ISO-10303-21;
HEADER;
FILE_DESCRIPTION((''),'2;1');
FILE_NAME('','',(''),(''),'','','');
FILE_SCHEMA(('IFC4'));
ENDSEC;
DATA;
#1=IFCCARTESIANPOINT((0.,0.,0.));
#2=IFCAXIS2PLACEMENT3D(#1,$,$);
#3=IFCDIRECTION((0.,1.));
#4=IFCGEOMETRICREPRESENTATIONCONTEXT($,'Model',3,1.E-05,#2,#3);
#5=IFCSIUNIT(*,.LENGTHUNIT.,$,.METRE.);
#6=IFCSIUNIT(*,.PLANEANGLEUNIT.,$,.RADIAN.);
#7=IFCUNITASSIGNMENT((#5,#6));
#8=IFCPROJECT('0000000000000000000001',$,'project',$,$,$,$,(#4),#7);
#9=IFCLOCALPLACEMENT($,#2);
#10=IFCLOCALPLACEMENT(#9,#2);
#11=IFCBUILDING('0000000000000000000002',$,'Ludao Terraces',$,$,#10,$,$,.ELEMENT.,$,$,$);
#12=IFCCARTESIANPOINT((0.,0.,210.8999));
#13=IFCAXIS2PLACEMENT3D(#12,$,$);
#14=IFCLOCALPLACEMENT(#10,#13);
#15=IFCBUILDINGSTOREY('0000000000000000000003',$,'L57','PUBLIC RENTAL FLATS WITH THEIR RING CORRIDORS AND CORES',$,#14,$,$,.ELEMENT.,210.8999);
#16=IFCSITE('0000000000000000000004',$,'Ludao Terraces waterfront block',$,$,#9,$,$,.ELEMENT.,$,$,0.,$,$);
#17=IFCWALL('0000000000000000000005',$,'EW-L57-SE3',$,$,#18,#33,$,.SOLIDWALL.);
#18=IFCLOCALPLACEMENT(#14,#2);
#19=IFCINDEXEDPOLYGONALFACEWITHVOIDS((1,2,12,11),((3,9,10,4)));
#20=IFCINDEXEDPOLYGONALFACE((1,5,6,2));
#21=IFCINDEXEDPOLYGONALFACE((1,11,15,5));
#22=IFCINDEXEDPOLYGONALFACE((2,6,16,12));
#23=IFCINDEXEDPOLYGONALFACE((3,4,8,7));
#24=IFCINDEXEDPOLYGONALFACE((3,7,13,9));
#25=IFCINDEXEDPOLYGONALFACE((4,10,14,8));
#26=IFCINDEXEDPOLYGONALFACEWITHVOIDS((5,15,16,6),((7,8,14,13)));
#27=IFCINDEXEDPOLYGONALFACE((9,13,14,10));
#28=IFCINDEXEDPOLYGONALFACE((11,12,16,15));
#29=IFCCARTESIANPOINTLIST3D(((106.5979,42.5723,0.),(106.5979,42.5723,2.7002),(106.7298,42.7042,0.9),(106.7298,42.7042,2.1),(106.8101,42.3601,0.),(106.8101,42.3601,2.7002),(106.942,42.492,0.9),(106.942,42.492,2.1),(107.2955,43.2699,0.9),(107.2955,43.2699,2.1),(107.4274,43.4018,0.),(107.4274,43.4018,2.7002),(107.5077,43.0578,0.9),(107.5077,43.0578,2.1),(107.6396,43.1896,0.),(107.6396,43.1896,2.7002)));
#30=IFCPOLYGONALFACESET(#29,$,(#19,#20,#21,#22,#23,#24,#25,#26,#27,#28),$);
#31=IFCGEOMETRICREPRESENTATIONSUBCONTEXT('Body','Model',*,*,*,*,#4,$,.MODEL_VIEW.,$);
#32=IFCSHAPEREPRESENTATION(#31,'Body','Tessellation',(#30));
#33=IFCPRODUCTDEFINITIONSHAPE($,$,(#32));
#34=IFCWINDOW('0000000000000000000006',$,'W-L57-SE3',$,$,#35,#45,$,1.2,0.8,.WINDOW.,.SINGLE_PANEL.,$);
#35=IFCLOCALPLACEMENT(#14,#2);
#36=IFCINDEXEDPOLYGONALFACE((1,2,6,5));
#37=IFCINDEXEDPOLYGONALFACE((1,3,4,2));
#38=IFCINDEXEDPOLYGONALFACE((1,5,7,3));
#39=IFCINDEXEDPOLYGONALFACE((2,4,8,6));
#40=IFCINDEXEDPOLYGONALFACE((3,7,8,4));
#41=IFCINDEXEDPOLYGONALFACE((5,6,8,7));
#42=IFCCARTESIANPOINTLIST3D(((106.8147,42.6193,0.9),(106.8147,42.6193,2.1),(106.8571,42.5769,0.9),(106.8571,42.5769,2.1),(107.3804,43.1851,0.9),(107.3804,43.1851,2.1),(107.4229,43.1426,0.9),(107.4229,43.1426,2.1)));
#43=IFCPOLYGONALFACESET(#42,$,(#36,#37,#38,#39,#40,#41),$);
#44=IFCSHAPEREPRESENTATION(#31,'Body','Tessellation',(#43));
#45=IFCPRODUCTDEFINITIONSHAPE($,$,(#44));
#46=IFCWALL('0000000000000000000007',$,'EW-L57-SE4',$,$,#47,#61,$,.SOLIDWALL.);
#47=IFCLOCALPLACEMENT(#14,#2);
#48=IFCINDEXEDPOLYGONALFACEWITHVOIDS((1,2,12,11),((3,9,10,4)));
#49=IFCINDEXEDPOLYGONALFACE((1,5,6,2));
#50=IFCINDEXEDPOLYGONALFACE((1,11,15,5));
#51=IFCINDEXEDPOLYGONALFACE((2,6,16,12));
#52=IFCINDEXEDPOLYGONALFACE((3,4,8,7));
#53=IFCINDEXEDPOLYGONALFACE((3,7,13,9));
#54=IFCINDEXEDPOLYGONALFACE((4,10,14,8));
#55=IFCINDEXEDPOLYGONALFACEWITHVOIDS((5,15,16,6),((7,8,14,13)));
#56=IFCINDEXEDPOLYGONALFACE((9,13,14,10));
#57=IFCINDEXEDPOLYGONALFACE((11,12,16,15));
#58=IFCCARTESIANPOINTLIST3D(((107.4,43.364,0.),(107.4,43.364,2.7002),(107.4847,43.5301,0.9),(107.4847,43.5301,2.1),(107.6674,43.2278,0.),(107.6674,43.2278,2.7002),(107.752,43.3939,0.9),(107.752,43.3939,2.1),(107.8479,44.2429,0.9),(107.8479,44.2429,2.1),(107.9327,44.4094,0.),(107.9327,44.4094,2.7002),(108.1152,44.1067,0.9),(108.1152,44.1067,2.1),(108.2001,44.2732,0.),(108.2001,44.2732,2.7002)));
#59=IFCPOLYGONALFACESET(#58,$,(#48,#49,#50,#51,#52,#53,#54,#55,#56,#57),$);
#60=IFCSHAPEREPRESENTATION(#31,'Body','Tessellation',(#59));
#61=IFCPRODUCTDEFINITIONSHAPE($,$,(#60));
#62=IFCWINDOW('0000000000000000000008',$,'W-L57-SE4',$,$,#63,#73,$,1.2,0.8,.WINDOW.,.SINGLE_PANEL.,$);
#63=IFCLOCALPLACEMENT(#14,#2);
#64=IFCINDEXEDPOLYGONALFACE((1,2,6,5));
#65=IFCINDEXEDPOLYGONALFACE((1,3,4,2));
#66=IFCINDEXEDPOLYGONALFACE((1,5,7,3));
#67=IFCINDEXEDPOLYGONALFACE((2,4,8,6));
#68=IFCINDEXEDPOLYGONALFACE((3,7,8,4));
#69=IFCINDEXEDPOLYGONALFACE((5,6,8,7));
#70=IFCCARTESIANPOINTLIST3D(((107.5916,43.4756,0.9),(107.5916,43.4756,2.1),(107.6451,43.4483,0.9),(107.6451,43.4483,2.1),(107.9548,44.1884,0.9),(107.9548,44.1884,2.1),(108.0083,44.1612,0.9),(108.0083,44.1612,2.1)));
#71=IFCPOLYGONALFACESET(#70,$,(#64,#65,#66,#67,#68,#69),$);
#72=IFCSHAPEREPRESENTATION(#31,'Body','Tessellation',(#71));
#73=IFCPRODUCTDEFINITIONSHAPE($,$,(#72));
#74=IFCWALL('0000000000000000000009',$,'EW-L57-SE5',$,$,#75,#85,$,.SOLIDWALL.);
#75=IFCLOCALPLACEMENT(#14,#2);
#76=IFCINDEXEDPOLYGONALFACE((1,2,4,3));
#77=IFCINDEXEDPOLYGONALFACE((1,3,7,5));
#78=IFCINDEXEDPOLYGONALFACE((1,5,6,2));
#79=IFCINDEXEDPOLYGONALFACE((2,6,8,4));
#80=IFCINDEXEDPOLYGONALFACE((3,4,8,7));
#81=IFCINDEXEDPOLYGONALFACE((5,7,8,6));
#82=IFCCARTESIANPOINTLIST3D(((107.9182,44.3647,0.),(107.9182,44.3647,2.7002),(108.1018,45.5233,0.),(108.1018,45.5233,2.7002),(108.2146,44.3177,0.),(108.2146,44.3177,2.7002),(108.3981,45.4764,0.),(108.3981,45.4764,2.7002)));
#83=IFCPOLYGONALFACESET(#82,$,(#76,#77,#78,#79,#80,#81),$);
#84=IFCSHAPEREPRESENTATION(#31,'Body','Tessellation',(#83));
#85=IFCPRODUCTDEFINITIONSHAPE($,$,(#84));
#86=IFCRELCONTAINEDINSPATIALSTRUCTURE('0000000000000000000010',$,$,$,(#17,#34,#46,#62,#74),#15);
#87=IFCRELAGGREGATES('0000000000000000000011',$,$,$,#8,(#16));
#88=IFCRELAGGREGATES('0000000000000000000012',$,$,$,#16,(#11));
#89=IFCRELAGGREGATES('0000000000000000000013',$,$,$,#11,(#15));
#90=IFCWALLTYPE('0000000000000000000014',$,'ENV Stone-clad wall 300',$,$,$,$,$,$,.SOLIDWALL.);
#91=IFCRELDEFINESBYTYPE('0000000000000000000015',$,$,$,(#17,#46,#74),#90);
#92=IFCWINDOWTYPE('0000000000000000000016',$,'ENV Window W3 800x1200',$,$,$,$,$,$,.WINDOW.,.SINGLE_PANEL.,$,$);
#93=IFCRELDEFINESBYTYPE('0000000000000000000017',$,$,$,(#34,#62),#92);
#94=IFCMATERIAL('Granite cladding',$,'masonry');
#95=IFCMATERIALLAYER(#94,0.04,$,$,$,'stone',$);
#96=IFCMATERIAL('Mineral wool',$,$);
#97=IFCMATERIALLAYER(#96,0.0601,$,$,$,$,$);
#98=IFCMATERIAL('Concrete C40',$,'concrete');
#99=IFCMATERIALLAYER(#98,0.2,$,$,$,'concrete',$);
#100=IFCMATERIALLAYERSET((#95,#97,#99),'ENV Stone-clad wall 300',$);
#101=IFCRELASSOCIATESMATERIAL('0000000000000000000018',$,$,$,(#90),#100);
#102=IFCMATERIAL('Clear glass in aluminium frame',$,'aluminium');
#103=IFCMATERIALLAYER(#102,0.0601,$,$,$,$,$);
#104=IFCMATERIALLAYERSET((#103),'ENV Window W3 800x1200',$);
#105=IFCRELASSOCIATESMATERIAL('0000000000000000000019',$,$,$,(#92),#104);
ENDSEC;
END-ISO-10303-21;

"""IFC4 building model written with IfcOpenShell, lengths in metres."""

from ifc_helpers import new_model, si_unit, direction, frame, frame_2d, origin, place, context, subcontext, project, spatial, rectangle, extrude, material, layer, layer_set, type_object, element, fill, save


model = new_model("IFC4")

# Units and contexts
model_context = context("Model", 3, precision=1e-05, world=origin(), true_north=direction((0.0, 1.0)))
body_context = subcontext(model_context, "Body", "Model", "MODEL_VIEW")
ifc_project = project(units=[si_unit("LENGTHUNIT", "METRE"), si_unit("PLANEANGLEUNIT", "RADIAN")], contexts=[model_context])

# Site, building, storey
site_placement = place(None, origin())
site = spatial("IfcSite", under=ifc_project, at=site_placement, Name="Ludao Terraces waterfront block", CompositionType="ELEMENT", RefElevation=0.0)
building_placement = place(site_placement, origin())
building = spatial("IfcBuilding", under=site, at=building_placement, Name="Ludao Terraces", CompositionType="ELEMENT")
storey_placement = place(building_placement, frame((0.0, 0.0, 210.8999)))
storey = spatial("IfcBuildingStorey", under=building, at=storey_placement, Name="L57", Description="PUBLIC RENTAL FLATS WITH THEIR RING CORRIDORS AND CORES", CompositionType="ELEMENT", Elevation=210.8999)

# Shared definitions
ifc_material_1 = material(Name="Concrete C40", Category="concrete")

# Shared definitions
ifc_material_2 = material(Name="Granite cladding", Category="masonry")
ifc_layer_1 = layer(ifc_material_2, 0.04, Category="stone")
ifc_material_3 = material(Name="Mineral wool")
ifc_layer_2 = layer(ifc_material_3, 0.0601)
ifc_layer_3 = layer(ifc_material_1, 0.2, Category="concrete")
ifc_layer_set_1 = layer_set([ifc_layer_1, ifc_layer_2, ifc_layer_3], Name="ENV Stone-clad wall 300")
wall_type_1 = type_object("IfcWallType", Name="ENV Stone-clad wall 300", PredefinedType="SOLIDWALL", material=ifc_layer_set_1)
ifc_material_4 = material(Name="Clear glass in aluminium frame", Category="aluminium")

# Walls, openings, windows
ifc_layer_4 = layer(ifc_material_4, 0.0601)
ifc_layer_set_2 = layer_set([ifc_layer_4], Name="ENV Window W3 800x1200")
window_type_1 = type_object("IfcWindowType", Name="ENV Window W3 800x1200", PartitioningType="SINGLE_PANEL", PredefinedType="WINDOW", material=ifc_layer_set_2)
wall_1_placement = place(storey_placement, frame((106.7041, 42.4663, 0.0), z_axis=(0.0, 0.0, 1.0), x_axis=(0.707107, 0.707107, 0.0)))
wall_1 = element("IfcWall", 1, at=wall_1_placement, inside=storey, type_object=wall_type_1, Name="EW-L57-SE3", PredefinedType="SOLIDWALL", context=body_context, shape_type="SweptSolid", body=[
    extrude(rectangle(XDim=1.1731, YDim=0.3, at=frame_2d((0.5864, 0.0))), origin(), (0.0, 0.0, 1.0), 2.7002),
])
opening_1_placement = place(wall_1_placement, frame((0.1865, 0.0, 0.8999)))
opening_1 = element("IfcOpeningElement", 2, at=opening_1_placement, cuts=wall_1, PredefinedType="OPENING", context=body_context, shape_type="SweptSolid", body=[
    extrude(rectangle(XDim=0.8, YDim=1.2, at=frame_2d((0.3999, 0.6001))), frame((0.0, 0.1602, 0.0), z_axis=(0.0, -1.0, 0.0), x_axis=(1.0, 0.0, 0.0)), (0.0, 0.0, 1.0), 0.3201),
])
window_1_placement = place(opening_1_placement, origin())
window_1 = element("IfcWindow", 3, at=window_1_placement, inside=storey, type_object=window_type_1, Name="W-L57-SE3", OverallHeight=1.2, OverallWidth=0.8, PartitioningType="SINGLE_PANEL", PredefinedType="WINDOW", context=body_context, shape_type="SweptSolid", body=[
    extrude(rectangle(XDim=0.8, YDim=1.2, at=frame_2d((0.3999, 0.6001))), frame((0.0, 0.03, 0.0), z_axis=(0.0, -1.0, 0.0), x_axis=(1.0, 0.0, 0.0)), (0.0, 0.0, 1.0), 0.0601),
])
fill(opening_1, window_1)
wall_2_placement = place(storey_placement, frame((107.5337, 43.2959, 0.0), z_axis=(0.0, 0.0, 1.0), x_axis=(0.454026, 0.890989, 0.0)))
wall_2 = element("IfcWall", 4, at=wall_2_placement, inside=storey, type_object=wall_type_1, Name="EW-L57-SE4", PredefinedType="SOLIDWALL", context=body_context, shape_type="SweptSolid", body=[
    extrude(rectangle(XDim=1.1733, YDim=0.3, at=frame_2d((0.5867, 0.0))), origin(), (0.0, 0.0, 1.0), 2.7002),
])
opening_2_placement = place(wall_2_placement, frame((0.1865, 0.0, 0.8999)))
opening_2 = element("IfcOpeningElement", 5, at=opening_2_placement, cuts=wall_2, PredefinedType="OPENING", context=body_context, shape_type="SweptSolid", body=[
    extrude(rectangle(XDim=0.8, YDim=1.2, at=frame_2d((0.3999, 0.6001))), frame((0.0, 0.1602, 0.0), z_axis=(0.0, -1.0, 0.0), x_axis=(1.0, 0.0, 0.0)), (0.0, 0.0, 1.0), 0.3201),
])
window_2_placement = place(opening_2_placement, origin())
window_2 = element("IfcWindow", 6, at=window_2_placement, inside=storey, type_object=window_type_1, Name="W-L57-SE4", OverallHeight=1.2, OverallWidth=0.8, PartitioningType="SINGLE_PANEL", PredefinedType="WINDOW", context=body_context, shape_type="SweptSolid", body=[
    extrude(rectangle(XDim=0.8, YDim=1.2, at=frame_2d((0.3999, 0.6001))), frame((0.0, 0.03, 0.0), z_axis=(0.0, -1.0, 0.0), x_axis=(1.0, 0.0, 0.0)), (0.0, 0.0, 1.0), 0.0601),
])
fill(opening_2, window_2)

# Wall
wall_3_placement = place(storey_placement, frame((108.0664, 44.3413, 0.0), z_axis=(0.0, 0.0, 1.0), x_axis=(0.156497, 0.987678, 0.0)))
element("IfcWall", 7, at=wall_3_placement, inside=storey, type_object=wall_type_1, Name="EW-L57-SE5", PredefinedType="SOLIDWALL", context=body_context, shape_type="SweptSolid", body=[
    extrude(rectangle(XDim=1.1731, YDim=0.3, at=frame_2d((0.5864, 0.0))), origin(), (0.0, 0.0, 1.0), 2.7002),
])

save(model, "model.ifc")
